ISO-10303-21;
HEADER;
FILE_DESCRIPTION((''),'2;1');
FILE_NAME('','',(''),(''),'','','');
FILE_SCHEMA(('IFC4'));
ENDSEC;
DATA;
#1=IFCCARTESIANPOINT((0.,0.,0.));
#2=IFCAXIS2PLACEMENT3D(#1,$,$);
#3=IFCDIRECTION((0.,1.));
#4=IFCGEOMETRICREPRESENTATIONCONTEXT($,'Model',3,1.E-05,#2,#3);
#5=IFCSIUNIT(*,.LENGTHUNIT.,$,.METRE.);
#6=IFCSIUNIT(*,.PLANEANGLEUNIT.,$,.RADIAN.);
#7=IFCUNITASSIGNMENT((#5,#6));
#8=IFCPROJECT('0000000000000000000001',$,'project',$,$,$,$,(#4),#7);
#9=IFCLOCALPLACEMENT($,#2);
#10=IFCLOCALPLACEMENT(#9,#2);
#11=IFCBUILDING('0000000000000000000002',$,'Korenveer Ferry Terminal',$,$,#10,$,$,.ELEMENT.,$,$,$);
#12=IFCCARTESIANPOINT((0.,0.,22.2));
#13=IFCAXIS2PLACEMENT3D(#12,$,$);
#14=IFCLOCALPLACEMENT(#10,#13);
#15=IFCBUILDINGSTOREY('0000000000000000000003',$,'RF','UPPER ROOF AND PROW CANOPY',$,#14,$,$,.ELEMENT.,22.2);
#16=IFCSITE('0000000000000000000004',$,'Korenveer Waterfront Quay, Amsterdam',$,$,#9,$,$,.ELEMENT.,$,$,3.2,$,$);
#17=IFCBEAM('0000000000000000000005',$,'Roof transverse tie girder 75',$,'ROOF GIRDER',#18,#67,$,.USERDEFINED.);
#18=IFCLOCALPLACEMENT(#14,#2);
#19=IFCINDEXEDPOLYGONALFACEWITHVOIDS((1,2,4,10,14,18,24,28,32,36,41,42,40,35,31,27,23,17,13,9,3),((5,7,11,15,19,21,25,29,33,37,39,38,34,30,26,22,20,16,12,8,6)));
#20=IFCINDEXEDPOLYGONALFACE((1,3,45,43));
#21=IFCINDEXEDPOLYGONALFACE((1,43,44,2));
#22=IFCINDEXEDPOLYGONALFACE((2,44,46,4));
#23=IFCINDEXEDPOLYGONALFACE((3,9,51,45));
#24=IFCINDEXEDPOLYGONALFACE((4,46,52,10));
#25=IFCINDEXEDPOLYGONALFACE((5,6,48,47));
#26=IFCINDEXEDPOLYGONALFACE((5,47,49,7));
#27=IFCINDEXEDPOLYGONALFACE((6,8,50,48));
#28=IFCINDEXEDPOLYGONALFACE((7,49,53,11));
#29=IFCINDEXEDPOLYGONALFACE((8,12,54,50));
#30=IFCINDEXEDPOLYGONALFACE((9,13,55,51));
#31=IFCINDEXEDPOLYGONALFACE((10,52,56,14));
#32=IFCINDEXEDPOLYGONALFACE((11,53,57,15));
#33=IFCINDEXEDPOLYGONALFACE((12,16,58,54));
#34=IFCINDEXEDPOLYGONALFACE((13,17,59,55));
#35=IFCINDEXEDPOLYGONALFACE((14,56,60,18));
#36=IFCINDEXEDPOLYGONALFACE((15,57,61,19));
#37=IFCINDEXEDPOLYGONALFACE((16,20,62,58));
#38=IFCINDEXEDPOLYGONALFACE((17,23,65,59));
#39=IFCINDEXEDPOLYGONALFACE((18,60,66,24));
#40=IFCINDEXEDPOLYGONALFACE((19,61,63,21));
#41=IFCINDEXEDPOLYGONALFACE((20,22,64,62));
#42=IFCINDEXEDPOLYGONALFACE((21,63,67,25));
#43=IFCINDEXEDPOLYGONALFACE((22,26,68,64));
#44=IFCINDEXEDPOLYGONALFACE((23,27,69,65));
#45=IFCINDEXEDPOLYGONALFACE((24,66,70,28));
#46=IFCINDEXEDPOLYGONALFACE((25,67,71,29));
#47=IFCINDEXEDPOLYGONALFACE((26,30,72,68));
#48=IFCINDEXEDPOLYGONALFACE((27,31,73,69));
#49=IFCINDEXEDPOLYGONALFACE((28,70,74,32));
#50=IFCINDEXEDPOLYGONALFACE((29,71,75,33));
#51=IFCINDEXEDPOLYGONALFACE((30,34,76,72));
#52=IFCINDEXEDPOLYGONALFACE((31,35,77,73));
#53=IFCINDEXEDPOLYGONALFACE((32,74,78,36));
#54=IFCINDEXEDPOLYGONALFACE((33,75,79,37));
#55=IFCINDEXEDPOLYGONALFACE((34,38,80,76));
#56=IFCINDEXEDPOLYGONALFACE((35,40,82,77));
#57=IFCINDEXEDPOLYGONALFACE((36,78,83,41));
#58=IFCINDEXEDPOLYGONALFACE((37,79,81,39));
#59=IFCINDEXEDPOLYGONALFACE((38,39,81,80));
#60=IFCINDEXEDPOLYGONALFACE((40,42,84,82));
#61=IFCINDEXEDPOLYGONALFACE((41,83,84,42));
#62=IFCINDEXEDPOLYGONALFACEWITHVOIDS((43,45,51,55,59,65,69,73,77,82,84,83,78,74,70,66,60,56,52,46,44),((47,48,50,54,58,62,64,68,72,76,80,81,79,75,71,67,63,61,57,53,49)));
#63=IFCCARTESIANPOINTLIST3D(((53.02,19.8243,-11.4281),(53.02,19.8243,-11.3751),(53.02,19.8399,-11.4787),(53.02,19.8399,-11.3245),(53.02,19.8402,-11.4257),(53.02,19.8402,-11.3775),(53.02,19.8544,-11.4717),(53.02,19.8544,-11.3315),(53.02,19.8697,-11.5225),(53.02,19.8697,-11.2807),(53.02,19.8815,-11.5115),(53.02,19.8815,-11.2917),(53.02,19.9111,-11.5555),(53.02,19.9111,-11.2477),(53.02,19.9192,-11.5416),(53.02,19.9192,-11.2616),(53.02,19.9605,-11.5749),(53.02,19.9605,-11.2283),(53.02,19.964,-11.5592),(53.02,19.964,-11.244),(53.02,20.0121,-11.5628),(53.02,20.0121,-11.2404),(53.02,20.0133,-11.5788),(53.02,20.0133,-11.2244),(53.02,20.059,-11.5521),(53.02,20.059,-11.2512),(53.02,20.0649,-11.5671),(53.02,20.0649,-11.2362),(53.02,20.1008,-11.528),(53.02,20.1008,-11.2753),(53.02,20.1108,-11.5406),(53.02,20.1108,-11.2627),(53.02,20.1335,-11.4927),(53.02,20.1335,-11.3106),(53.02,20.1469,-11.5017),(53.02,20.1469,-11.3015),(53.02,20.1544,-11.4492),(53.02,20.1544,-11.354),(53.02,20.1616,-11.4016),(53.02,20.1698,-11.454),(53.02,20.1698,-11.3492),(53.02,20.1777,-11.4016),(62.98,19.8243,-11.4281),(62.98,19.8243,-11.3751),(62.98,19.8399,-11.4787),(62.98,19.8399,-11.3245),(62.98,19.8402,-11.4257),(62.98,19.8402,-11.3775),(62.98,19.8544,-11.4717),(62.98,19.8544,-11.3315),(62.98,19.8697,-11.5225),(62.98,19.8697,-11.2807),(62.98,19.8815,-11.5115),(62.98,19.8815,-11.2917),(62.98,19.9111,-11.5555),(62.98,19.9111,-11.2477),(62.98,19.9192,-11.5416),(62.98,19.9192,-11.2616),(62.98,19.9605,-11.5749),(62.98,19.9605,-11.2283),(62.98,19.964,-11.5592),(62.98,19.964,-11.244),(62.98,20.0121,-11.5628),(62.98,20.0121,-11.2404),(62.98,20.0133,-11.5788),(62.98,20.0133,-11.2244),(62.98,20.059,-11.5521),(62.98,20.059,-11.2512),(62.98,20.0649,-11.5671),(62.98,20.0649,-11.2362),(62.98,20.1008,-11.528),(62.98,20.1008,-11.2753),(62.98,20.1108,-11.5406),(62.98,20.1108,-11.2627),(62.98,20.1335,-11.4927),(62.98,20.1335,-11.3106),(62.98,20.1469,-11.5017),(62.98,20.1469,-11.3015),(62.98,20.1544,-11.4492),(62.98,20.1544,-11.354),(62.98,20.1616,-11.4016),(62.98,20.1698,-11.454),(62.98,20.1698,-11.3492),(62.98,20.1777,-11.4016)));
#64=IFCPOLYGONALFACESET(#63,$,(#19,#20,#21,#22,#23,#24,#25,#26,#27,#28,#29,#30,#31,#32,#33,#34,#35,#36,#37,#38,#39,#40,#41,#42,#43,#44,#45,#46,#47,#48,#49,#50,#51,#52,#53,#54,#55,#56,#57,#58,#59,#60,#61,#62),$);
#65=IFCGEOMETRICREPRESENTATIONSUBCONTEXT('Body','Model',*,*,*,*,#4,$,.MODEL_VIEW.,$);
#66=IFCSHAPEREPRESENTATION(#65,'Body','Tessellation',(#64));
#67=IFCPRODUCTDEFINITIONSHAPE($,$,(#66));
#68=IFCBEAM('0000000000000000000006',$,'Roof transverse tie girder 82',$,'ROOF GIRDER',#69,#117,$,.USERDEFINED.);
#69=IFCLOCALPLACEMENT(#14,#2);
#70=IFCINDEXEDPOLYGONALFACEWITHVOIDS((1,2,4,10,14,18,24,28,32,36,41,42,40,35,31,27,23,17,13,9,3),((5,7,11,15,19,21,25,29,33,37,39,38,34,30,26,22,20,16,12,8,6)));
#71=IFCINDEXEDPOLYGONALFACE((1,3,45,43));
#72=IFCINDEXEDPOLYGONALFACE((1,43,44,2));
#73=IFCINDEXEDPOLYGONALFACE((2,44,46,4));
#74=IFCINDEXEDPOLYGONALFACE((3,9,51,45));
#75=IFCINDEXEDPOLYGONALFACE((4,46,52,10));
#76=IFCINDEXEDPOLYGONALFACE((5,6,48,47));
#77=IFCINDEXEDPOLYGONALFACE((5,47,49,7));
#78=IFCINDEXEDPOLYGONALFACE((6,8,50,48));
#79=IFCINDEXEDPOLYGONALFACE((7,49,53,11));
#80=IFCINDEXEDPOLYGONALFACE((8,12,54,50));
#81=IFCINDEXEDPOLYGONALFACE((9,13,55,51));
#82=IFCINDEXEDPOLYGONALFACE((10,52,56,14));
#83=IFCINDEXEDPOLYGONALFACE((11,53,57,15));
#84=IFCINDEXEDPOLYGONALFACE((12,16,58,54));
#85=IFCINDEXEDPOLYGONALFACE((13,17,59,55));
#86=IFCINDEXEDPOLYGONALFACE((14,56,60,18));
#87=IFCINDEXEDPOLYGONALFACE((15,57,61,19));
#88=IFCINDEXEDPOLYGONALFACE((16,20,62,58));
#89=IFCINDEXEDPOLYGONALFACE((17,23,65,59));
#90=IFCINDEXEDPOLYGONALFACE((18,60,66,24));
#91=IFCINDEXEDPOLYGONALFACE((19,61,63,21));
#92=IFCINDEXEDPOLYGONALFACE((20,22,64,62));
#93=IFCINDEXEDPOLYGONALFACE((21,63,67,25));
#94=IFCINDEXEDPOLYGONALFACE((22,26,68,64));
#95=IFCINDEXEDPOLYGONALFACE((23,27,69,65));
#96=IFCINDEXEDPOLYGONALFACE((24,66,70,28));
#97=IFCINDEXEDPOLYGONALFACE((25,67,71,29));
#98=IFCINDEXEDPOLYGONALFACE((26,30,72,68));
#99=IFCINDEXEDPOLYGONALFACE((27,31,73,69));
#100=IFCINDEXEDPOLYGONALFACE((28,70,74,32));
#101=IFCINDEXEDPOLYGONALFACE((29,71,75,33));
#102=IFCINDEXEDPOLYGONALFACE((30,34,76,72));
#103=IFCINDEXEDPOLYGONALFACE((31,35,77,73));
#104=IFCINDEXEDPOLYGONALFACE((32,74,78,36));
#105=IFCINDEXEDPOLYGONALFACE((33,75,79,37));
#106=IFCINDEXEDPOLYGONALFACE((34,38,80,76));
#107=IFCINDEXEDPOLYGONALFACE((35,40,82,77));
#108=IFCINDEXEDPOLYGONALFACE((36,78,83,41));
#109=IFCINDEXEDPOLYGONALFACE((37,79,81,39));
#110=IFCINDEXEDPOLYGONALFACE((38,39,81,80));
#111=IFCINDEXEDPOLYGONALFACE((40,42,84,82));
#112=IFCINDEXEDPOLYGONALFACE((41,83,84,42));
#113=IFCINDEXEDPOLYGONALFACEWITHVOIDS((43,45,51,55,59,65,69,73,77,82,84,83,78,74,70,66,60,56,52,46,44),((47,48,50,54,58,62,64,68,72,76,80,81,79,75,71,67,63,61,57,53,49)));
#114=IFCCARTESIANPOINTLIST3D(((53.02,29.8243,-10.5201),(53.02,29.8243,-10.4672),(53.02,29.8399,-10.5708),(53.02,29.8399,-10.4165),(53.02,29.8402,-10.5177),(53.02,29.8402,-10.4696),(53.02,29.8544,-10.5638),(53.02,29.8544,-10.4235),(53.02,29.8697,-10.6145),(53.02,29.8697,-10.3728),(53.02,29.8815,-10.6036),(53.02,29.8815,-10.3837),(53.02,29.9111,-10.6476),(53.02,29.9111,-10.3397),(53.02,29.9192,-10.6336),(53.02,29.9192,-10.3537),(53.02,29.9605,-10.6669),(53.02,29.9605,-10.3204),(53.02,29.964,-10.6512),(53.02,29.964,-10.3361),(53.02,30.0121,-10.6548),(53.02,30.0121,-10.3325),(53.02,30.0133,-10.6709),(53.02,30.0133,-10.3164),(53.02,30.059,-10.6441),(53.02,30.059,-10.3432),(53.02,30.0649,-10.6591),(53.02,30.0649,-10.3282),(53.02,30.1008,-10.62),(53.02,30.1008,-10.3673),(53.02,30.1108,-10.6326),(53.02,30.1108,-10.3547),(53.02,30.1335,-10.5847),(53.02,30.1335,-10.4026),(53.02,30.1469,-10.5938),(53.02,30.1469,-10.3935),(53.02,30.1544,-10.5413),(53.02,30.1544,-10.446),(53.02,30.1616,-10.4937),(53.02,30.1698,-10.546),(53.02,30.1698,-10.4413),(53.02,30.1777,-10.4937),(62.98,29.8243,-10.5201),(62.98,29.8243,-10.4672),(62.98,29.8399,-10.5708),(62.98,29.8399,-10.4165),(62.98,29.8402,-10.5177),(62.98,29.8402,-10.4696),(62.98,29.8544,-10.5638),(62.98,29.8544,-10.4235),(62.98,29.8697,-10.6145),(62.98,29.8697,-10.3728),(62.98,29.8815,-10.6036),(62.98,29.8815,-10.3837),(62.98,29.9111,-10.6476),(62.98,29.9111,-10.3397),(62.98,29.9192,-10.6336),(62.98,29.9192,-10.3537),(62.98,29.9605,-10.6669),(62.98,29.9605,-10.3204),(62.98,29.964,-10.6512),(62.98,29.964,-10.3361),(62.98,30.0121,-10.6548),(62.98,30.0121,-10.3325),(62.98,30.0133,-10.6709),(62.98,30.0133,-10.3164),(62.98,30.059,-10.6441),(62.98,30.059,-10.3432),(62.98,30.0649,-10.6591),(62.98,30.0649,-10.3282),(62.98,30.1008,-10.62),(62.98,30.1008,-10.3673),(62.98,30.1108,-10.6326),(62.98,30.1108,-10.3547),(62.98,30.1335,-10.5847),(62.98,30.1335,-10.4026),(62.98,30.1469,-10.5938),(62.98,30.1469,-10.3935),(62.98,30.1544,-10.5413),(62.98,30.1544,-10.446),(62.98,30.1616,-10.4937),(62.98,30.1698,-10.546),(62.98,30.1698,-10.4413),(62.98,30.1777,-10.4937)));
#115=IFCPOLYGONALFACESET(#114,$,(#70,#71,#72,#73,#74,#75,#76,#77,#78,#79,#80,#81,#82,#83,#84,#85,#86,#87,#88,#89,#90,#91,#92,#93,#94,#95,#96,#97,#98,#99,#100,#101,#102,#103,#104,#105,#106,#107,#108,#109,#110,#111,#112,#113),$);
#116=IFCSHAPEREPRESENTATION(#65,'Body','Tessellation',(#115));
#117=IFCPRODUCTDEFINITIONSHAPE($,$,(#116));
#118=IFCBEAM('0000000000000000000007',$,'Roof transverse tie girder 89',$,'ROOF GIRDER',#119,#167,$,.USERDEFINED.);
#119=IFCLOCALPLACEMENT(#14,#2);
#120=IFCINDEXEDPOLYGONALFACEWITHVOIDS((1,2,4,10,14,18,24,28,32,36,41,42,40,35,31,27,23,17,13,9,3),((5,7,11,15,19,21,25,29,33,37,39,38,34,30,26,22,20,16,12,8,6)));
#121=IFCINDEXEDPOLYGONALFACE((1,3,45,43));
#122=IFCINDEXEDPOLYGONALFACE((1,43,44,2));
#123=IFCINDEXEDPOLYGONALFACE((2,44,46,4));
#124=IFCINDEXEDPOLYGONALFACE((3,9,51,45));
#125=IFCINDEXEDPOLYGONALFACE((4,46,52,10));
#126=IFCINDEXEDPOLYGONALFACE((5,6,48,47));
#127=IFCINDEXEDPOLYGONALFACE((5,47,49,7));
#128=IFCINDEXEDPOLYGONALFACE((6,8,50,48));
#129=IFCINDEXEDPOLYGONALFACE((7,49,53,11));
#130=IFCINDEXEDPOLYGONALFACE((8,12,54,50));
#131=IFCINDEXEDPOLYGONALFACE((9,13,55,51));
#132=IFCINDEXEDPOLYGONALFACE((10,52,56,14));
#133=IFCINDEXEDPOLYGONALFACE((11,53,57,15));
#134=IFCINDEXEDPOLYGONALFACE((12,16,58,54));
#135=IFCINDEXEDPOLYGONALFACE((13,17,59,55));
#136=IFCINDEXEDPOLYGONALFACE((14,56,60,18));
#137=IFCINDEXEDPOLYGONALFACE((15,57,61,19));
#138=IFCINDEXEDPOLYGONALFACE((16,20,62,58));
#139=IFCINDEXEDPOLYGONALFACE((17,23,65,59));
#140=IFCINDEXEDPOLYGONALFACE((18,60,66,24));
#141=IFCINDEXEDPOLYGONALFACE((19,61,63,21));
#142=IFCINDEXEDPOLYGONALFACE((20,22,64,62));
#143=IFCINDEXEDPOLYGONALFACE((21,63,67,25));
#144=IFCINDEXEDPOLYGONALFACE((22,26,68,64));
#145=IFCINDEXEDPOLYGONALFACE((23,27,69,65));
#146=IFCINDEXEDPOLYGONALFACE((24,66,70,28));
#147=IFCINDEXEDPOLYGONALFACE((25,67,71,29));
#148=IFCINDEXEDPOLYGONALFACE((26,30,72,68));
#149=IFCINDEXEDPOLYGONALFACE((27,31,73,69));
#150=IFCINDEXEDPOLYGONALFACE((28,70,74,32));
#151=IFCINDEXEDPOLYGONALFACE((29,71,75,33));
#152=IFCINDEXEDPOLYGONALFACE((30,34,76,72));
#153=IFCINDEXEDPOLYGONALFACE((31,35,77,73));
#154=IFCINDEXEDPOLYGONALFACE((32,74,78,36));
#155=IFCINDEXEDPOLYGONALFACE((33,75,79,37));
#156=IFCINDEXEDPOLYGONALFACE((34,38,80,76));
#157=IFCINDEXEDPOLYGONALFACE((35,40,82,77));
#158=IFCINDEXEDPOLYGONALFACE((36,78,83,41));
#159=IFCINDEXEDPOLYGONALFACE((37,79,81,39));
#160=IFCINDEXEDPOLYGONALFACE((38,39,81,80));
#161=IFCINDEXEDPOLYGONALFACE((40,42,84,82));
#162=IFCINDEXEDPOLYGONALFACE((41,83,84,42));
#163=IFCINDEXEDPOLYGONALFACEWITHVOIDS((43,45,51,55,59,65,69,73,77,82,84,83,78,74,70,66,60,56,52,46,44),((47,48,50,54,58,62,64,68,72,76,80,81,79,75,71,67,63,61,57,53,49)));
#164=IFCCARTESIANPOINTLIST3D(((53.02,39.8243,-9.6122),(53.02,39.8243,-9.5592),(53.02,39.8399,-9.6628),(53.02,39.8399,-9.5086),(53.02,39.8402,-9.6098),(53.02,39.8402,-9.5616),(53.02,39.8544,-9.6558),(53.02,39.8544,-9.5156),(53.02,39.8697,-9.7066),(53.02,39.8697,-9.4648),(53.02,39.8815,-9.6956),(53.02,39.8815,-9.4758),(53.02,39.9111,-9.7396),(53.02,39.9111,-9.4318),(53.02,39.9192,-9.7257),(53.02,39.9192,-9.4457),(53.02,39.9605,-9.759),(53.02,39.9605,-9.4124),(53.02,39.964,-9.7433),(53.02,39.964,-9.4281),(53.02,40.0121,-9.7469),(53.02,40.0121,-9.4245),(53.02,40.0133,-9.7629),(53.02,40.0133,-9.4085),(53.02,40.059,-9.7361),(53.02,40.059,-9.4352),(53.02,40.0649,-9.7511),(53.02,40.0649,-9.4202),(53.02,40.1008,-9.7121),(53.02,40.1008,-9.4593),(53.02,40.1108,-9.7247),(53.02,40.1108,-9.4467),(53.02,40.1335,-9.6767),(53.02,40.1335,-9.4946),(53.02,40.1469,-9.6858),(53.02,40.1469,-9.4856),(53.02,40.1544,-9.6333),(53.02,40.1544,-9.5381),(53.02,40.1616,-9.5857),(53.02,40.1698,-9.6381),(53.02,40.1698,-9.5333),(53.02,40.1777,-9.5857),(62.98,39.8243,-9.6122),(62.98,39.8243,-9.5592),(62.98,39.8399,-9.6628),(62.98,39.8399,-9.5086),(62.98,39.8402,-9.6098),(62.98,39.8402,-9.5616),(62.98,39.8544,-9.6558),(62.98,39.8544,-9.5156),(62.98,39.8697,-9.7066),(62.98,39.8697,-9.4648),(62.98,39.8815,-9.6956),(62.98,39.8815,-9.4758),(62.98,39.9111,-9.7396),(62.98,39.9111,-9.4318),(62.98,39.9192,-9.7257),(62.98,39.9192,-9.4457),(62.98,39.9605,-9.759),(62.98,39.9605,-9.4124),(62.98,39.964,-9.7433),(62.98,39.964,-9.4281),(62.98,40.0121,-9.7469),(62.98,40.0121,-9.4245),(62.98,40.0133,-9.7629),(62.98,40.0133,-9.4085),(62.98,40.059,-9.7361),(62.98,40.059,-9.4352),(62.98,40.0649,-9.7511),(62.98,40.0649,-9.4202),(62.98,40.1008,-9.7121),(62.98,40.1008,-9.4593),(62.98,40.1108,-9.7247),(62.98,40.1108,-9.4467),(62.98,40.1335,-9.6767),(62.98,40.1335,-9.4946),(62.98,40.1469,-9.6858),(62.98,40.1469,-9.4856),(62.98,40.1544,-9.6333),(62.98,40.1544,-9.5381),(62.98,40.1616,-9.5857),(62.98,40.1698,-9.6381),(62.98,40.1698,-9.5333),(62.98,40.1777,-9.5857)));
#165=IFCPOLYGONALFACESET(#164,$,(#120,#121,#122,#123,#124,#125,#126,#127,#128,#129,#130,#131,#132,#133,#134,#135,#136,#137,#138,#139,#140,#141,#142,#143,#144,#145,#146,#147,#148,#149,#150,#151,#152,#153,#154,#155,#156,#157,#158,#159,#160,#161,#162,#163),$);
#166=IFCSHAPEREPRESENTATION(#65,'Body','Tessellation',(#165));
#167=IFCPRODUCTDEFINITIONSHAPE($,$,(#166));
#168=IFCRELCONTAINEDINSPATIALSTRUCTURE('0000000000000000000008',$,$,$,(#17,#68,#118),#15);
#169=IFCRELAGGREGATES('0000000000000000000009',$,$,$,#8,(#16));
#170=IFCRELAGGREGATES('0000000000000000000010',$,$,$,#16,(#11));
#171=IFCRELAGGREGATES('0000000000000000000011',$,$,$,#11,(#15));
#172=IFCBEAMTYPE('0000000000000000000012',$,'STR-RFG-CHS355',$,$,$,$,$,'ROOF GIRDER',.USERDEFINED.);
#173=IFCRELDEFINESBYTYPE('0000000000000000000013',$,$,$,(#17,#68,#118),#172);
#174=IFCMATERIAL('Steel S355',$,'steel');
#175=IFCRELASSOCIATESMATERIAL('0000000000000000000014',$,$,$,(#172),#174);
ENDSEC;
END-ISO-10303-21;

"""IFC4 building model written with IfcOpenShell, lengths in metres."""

from ifc_helpers import new_model, si_unit, direction, frame, origin, origin_2d, place, context, subcontext, project, spatial, hollow_circle, extrude, material, material_profile, profile_set, type_object, element, save


model = new_model("IFC4")

# Units and contexts
model_context = context("Model", 3, precision=1e-05, world=origin(), true_north=direction((0.0, 1.0)))
body_context = subcontext(model_context, "Body", "Model", "MODEL_VIEW")
ifc_project = project(units=[si_unit("LENGTHUNIT", "METRE"), si_unit("PLANEANGLEUNIT", "RADIAN")], contexts=[model_context])

# Site, building, storey
site_placement = place(None, origin())
site = spatial("IfcSite", under=ifc_project, at=site_placement, Name="Korenveer Waterfront Quay, Amsterdam", CompositionType="ELEMENT", RefElevation=3.2)
building_placement = place(site_placement, origin())
building = spatial("IfcBuilding", under=site, at=building_placement, Name="Korenveer Ferry Terminal", CompositionType="ELEMENT")
storey_placement = place(building_placement, frame((0.0, 0.0, 22.2)))
storey = spatial("IfcBuildingStorey", under=building, at=storey_placement, Name="RF", Description="UPPER ROOF AND PROW CANOPY", CompositionType="ELEMENT", Elevation=22.2)

# Shared definitions
ifc_material_1 = material(Name="Steel S355", Category="steel")

# Beams
ifc_material_profile_1 = material_profile(ifc_material_1, hollow_circle(Radius=0.1777, WallThickness=0.0161, at=origin_2d()), Name="CHS 355.6x16")
ifc_profile_set_1 = profile_set([ifc_material_profile_1], Name="Steel S355")
beam_type_1 = type_object("IfcBeamType", Name="STR-RFG-CHS355", ElementType="ROOF GIRDER", PredefinedType="USERDEFINED", material=ifc_profile_set_1)
for number, where, z_axis, x_axis, name in (
    (1, (53.02, 20.0, -11.4016), (1.0, 0.0, 0.0), (0.0, 1.0, 0.0), "Roof transverse tie girder 75"),
    (2, (53.02, 30.0, -10.4937), (1.0, 0.0, 0.0), (0.0, 1.0, 0.0), "Roof transverse tie girder 82"),
    (3, (53.02, 40.0, -9.5857), (1.0, 0.0, 0.0), (0.0, 1.0, 0.0), "Roof transverse tie girder 89"),
):
    element("IfcBeam", number, at=place(storey_placement, frame(where, z_axis=z_axis, x_axis=x_axis)), inside=storey, type_object=beam_type_1, Name=name, ObjectType="ROOF GIRDER", PredefinedType="USERDEFINED", context=body_context, shape_type="SweptSolid", body=[
        extrude(hollow_circle(Radius=0.1777, WallThickness=0.0161, at=origin_2d()), origin(), (0.0, 0.0, 1.0), 9.96),
    ])

save(model, "model.ifc")
